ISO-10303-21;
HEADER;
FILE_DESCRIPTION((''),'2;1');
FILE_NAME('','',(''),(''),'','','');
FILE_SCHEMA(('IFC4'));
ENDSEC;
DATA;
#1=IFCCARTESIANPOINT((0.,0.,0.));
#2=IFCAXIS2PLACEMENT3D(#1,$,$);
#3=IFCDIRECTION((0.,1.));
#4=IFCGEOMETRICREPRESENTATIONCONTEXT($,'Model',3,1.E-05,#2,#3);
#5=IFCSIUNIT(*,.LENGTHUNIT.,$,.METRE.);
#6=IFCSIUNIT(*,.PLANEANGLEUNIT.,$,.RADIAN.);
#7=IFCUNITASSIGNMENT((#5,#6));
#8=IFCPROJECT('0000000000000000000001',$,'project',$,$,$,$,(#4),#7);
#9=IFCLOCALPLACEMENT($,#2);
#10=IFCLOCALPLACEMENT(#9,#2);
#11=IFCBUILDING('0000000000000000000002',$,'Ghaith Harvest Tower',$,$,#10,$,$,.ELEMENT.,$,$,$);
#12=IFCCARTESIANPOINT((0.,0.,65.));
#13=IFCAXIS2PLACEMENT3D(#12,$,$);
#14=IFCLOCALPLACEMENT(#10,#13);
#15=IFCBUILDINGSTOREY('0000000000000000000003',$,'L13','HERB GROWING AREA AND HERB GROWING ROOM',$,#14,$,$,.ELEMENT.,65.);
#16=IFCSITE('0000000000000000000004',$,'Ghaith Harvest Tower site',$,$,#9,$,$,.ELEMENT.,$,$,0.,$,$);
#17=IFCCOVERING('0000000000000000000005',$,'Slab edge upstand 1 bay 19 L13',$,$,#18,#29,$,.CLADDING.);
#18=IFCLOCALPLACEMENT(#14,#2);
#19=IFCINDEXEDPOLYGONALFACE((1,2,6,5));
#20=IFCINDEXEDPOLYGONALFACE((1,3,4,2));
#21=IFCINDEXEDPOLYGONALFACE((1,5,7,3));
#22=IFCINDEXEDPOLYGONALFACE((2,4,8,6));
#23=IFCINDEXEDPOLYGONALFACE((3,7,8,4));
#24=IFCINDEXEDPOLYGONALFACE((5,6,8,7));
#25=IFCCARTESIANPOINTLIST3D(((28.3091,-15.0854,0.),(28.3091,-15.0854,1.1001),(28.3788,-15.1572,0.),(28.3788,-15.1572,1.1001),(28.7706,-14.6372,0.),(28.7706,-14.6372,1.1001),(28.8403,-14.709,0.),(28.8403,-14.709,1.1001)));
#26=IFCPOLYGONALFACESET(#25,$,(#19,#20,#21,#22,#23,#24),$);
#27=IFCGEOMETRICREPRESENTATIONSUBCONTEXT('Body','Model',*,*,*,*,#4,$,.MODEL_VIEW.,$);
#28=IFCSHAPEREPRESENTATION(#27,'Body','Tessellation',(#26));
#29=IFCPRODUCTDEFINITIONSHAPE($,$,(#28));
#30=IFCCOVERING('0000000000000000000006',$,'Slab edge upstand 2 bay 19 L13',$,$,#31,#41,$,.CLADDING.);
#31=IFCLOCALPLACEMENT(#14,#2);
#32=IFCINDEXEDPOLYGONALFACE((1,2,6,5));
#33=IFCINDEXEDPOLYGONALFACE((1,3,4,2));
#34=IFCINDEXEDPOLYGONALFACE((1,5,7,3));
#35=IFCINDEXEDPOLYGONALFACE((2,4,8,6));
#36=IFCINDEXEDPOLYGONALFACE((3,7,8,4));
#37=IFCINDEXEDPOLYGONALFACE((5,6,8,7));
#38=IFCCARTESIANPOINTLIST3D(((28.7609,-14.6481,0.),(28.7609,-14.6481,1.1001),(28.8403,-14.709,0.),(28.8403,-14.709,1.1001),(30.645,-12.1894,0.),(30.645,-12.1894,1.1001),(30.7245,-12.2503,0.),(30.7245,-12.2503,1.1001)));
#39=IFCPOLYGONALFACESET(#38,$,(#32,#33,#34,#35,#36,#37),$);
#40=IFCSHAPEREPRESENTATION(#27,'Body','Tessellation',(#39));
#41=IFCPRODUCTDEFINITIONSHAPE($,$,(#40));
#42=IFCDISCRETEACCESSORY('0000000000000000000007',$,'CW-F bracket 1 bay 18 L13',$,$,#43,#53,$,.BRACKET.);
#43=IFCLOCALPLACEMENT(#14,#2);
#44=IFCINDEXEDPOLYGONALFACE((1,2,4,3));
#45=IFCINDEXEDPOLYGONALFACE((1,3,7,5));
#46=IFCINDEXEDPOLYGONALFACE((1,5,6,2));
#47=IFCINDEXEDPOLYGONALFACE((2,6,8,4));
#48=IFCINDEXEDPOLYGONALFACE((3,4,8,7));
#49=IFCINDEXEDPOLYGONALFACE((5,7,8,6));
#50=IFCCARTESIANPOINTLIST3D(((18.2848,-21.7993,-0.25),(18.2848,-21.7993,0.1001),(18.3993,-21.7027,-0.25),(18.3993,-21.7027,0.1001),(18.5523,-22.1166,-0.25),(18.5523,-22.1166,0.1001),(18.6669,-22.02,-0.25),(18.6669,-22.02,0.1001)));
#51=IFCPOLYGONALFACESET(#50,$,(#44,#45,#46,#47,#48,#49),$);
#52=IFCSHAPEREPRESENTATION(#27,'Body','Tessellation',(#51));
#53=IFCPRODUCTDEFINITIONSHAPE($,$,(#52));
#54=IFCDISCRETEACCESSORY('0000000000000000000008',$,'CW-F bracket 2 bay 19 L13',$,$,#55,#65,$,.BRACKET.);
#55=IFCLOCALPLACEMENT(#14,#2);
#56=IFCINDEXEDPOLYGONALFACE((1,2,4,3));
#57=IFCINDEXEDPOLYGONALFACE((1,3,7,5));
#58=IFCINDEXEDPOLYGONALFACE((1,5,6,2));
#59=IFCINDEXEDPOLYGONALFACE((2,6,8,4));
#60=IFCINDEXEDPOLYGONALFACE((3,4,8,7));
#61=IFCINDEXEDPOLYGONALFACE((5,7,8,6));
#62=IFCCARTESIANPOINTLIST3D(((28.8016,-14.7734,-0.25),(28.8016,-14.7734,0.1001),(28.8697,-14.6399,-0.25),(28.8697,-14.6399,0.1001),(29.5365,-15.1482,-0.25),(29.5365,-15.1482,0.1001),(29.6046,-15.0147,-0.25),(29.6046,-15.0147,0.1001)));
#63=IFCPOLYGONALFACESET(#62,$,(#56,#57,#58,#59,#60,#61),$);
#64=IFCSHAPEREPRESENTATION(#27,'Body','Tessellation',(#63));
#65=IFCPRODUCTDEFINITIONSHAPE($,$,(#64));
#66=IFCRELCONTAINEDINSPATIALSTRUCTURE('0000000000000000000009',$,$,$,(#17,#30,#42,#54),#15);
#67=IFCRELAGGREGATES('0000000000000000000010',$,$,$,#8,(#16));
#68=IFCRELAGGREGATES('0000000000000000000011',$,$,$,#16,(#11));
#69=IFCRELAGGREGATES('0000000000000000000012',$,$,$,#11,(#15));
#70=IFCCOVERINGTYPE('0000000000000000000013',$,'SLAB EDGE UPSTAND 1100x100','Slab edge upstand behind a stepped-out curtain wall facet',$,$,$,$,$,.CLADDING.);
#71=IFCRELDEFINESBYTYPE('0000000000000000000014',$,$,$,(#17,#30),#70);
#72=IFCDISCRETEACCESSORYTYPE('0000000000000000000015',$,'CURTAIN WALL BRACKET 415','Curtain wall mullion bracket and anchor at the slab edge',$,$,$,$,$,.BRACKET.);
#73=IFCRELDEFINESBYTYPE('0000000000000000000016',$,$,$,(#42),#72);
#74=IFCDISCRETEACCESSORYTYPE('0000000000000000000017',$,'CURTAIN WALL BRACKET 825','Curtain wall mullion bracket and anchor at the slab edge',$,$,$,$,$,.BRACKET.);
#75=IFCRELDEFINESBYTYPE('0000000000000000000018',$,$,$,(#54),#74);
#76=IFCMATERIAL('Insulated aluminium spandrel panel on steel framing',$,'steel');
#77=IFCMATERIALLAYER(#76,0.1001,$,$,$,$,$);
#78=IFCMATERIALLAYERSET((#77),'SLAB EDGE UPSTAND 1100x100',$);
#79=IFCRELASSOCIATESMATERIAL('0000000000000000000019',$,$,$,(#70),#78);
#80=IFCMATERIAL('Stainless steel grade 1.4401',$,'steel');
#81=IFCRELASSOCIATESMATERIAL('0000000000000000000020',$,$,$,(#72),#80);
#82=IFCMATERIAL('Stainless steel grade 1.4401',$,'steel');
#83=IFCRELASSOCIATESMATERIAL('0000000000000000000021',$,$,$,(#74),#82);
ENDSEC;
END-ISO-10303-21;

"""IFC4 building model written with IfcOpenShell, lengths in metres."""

from ifc_helpers import new_model, si_unit, direction, frame, origin, origin_2d, place, context, subcontext, project, spatial, rectangle, extrude, material, layer, layer_set, type_object, element, save


model = new_model("IFC4")

# Units and contexts
model_context = context("Model", 3, precision=1e-05, world=origin(), true_north=direction((0.0, 1.0)))
body_context = subcontext(model_context, "Body", "Model", "MODEL_VIEW")
ifc_project = project(units=[si_unit("LENGTHUNIT", "METRE"), si_unit("PLANEANGLEUNIT", "RADIAN")], contexts=[model_context])

# Site, building, storey
site_placement = place(None, origin())
site = spatial("IfcSite", under=ifc_project, at=site_placement, Name="Ghaith Harvest Tower site", CompositionType="ELEMENT", RefElevation=0.0)
building_placement = place(site_placement, origin())
building = spatial("IfcBuilding", under=site, at=building_placement, Name="Ghaith Harvest Tower", CompositionType="ELEMENT")
storey_placement = place(building_placement, frame((0.0, 0.0, 65.0)))
storey = spatial("IfcBuildingStorey", under=building, at=storey_placement, Name="L13", Description="HERB GROWING AREA AND HERB GROWING ROOM", CompositionType="ELEMENT", Elevation=65.0)

# Coverings
ifc_material_1 = material(Name="Insulated aluminium spandrel panel on steel framing", Category="steel")
ifc_layer_1 = layer(ifc_material_1, 0.1001)
ifc_layer_set_1 = layer_set([ifc_layer_1], Name="SLAB EDGE UPSTAND 1100x100")
covering_type = type_object("IfcCoveringType", Name="SLAB EDGE UPSTAND 1100x100", Description="Slab edge upstand behind a stepped-out curtain wall facet", PredefinedType="CLADDING", material=ifc_layer_set_1)
covering_1_placement = place(storey_placement, frame((28.5747, -14.8972, 0.0), z_axis=(0.0, 0.0, 1.0), x_axis=(0.717386, 0.696675, 0.0)))
element("IfcCovering", 1, at=covering_1_placement, inside=storey, type_object=covering_type, Name="Slab edge upstand 1 bay 19 L13", PredefinedType="CLADDING", context=body_context, shape_type="SweptSolid", body=[
    extrude(rectangle(XDim=0.6433, YDim=0.1001, at=origin_2d()), origin(), (0.0, 0.0, 1.0), 1.1001),
])
covering_2_placement = place(storey_placement, frame((29.7427, -13.4492, 0.0), z_axis=(0.0, 0.0, 1.0), x_axis=(0.608255, 0.793742, 0.0)))
element("IfcCovering", 2, at=covering_2_placement, inside=storey, type_object=covering_type, Name="Slab edge upstand 2 bay 19 L13", PredefinedType="CLADDING", context=body_context, shape_type="SweptSolid", body=[
    extrude(rectangle(XDim=3.0977, YDim=0.1001, at=origin_2d()), origin(), (0.0, 0.0, 1.0), 1.1001),
])

# Discrete accessories
ifc_material_2 = material(Name="Stainless steel grade 1.4401", Category="steel")
discrete_accessory_type_1 = type_object("IfcDiscreteAccessoryType", Name="CURTAIN WALL BRACKET 415", Description="Curtain wall mullion bracket and anchor at the slab edge", PredefinedType="BRACKET", material=ifc_material_2)
discrete_accessory_1_placement = place(storey_placement, frame((18.4758, -21.9097, -0.25), z_axis=(0.0, 0.0, 1.0), x_axis=(0.644657, -0.764472, 0.0)))
element("IfcDiscreteAccessory", 3, at=discrete_accessory_1_placement, inside=storey, type_object=discrete_accessory_type_1, Name="CW-F bracket 1 bay 18 L13", PredefinedType="BRACKET", context=body_context, shape_type="SweptSolid", body=[
    extrude(rectangle(XDim=0.415, YDim=0.1499, at=origin_2d()), origin(), (0.0, 0.0, 1.0), 0.3501),
])
ifc_material_3 = material(Name="Stainless steel grade 1.4401", Category="steel")
discrete_accessory_type_2 = type_object("IfcDiscreteAccessoryType", Name="CURTAIN WALL BRACKET 825", Description="Curtain wall mullion bracket and anchor at the slab edge", PredefinedType="BRACKET", material=ifc_material_3)
discrete_accessory_2_placement = place(storey_placement, frame((29.2031, -14.894, -0.25), z_axis=(0.0, 0.0, 1.0), x_axis=(0.890831, -0.454335, 0.0)))
element("IfcDiscreteAccessory", 4, at=discrete_accessory_2_placement, inside=storey, type_object=discrete_accessory_type_2, Name="CW-F bracket 2 bay 19 L13", PredefinedType="BRACKET", context=body_context, shape_type="SweptSolid", body=[
    extrude(rectangle(XDim=0.825, YDim=0.1499, at=origin_2d()), origin(), (0.0, 0.0, 1.0), 0.3501),
])

save(model, "model.ifc")
